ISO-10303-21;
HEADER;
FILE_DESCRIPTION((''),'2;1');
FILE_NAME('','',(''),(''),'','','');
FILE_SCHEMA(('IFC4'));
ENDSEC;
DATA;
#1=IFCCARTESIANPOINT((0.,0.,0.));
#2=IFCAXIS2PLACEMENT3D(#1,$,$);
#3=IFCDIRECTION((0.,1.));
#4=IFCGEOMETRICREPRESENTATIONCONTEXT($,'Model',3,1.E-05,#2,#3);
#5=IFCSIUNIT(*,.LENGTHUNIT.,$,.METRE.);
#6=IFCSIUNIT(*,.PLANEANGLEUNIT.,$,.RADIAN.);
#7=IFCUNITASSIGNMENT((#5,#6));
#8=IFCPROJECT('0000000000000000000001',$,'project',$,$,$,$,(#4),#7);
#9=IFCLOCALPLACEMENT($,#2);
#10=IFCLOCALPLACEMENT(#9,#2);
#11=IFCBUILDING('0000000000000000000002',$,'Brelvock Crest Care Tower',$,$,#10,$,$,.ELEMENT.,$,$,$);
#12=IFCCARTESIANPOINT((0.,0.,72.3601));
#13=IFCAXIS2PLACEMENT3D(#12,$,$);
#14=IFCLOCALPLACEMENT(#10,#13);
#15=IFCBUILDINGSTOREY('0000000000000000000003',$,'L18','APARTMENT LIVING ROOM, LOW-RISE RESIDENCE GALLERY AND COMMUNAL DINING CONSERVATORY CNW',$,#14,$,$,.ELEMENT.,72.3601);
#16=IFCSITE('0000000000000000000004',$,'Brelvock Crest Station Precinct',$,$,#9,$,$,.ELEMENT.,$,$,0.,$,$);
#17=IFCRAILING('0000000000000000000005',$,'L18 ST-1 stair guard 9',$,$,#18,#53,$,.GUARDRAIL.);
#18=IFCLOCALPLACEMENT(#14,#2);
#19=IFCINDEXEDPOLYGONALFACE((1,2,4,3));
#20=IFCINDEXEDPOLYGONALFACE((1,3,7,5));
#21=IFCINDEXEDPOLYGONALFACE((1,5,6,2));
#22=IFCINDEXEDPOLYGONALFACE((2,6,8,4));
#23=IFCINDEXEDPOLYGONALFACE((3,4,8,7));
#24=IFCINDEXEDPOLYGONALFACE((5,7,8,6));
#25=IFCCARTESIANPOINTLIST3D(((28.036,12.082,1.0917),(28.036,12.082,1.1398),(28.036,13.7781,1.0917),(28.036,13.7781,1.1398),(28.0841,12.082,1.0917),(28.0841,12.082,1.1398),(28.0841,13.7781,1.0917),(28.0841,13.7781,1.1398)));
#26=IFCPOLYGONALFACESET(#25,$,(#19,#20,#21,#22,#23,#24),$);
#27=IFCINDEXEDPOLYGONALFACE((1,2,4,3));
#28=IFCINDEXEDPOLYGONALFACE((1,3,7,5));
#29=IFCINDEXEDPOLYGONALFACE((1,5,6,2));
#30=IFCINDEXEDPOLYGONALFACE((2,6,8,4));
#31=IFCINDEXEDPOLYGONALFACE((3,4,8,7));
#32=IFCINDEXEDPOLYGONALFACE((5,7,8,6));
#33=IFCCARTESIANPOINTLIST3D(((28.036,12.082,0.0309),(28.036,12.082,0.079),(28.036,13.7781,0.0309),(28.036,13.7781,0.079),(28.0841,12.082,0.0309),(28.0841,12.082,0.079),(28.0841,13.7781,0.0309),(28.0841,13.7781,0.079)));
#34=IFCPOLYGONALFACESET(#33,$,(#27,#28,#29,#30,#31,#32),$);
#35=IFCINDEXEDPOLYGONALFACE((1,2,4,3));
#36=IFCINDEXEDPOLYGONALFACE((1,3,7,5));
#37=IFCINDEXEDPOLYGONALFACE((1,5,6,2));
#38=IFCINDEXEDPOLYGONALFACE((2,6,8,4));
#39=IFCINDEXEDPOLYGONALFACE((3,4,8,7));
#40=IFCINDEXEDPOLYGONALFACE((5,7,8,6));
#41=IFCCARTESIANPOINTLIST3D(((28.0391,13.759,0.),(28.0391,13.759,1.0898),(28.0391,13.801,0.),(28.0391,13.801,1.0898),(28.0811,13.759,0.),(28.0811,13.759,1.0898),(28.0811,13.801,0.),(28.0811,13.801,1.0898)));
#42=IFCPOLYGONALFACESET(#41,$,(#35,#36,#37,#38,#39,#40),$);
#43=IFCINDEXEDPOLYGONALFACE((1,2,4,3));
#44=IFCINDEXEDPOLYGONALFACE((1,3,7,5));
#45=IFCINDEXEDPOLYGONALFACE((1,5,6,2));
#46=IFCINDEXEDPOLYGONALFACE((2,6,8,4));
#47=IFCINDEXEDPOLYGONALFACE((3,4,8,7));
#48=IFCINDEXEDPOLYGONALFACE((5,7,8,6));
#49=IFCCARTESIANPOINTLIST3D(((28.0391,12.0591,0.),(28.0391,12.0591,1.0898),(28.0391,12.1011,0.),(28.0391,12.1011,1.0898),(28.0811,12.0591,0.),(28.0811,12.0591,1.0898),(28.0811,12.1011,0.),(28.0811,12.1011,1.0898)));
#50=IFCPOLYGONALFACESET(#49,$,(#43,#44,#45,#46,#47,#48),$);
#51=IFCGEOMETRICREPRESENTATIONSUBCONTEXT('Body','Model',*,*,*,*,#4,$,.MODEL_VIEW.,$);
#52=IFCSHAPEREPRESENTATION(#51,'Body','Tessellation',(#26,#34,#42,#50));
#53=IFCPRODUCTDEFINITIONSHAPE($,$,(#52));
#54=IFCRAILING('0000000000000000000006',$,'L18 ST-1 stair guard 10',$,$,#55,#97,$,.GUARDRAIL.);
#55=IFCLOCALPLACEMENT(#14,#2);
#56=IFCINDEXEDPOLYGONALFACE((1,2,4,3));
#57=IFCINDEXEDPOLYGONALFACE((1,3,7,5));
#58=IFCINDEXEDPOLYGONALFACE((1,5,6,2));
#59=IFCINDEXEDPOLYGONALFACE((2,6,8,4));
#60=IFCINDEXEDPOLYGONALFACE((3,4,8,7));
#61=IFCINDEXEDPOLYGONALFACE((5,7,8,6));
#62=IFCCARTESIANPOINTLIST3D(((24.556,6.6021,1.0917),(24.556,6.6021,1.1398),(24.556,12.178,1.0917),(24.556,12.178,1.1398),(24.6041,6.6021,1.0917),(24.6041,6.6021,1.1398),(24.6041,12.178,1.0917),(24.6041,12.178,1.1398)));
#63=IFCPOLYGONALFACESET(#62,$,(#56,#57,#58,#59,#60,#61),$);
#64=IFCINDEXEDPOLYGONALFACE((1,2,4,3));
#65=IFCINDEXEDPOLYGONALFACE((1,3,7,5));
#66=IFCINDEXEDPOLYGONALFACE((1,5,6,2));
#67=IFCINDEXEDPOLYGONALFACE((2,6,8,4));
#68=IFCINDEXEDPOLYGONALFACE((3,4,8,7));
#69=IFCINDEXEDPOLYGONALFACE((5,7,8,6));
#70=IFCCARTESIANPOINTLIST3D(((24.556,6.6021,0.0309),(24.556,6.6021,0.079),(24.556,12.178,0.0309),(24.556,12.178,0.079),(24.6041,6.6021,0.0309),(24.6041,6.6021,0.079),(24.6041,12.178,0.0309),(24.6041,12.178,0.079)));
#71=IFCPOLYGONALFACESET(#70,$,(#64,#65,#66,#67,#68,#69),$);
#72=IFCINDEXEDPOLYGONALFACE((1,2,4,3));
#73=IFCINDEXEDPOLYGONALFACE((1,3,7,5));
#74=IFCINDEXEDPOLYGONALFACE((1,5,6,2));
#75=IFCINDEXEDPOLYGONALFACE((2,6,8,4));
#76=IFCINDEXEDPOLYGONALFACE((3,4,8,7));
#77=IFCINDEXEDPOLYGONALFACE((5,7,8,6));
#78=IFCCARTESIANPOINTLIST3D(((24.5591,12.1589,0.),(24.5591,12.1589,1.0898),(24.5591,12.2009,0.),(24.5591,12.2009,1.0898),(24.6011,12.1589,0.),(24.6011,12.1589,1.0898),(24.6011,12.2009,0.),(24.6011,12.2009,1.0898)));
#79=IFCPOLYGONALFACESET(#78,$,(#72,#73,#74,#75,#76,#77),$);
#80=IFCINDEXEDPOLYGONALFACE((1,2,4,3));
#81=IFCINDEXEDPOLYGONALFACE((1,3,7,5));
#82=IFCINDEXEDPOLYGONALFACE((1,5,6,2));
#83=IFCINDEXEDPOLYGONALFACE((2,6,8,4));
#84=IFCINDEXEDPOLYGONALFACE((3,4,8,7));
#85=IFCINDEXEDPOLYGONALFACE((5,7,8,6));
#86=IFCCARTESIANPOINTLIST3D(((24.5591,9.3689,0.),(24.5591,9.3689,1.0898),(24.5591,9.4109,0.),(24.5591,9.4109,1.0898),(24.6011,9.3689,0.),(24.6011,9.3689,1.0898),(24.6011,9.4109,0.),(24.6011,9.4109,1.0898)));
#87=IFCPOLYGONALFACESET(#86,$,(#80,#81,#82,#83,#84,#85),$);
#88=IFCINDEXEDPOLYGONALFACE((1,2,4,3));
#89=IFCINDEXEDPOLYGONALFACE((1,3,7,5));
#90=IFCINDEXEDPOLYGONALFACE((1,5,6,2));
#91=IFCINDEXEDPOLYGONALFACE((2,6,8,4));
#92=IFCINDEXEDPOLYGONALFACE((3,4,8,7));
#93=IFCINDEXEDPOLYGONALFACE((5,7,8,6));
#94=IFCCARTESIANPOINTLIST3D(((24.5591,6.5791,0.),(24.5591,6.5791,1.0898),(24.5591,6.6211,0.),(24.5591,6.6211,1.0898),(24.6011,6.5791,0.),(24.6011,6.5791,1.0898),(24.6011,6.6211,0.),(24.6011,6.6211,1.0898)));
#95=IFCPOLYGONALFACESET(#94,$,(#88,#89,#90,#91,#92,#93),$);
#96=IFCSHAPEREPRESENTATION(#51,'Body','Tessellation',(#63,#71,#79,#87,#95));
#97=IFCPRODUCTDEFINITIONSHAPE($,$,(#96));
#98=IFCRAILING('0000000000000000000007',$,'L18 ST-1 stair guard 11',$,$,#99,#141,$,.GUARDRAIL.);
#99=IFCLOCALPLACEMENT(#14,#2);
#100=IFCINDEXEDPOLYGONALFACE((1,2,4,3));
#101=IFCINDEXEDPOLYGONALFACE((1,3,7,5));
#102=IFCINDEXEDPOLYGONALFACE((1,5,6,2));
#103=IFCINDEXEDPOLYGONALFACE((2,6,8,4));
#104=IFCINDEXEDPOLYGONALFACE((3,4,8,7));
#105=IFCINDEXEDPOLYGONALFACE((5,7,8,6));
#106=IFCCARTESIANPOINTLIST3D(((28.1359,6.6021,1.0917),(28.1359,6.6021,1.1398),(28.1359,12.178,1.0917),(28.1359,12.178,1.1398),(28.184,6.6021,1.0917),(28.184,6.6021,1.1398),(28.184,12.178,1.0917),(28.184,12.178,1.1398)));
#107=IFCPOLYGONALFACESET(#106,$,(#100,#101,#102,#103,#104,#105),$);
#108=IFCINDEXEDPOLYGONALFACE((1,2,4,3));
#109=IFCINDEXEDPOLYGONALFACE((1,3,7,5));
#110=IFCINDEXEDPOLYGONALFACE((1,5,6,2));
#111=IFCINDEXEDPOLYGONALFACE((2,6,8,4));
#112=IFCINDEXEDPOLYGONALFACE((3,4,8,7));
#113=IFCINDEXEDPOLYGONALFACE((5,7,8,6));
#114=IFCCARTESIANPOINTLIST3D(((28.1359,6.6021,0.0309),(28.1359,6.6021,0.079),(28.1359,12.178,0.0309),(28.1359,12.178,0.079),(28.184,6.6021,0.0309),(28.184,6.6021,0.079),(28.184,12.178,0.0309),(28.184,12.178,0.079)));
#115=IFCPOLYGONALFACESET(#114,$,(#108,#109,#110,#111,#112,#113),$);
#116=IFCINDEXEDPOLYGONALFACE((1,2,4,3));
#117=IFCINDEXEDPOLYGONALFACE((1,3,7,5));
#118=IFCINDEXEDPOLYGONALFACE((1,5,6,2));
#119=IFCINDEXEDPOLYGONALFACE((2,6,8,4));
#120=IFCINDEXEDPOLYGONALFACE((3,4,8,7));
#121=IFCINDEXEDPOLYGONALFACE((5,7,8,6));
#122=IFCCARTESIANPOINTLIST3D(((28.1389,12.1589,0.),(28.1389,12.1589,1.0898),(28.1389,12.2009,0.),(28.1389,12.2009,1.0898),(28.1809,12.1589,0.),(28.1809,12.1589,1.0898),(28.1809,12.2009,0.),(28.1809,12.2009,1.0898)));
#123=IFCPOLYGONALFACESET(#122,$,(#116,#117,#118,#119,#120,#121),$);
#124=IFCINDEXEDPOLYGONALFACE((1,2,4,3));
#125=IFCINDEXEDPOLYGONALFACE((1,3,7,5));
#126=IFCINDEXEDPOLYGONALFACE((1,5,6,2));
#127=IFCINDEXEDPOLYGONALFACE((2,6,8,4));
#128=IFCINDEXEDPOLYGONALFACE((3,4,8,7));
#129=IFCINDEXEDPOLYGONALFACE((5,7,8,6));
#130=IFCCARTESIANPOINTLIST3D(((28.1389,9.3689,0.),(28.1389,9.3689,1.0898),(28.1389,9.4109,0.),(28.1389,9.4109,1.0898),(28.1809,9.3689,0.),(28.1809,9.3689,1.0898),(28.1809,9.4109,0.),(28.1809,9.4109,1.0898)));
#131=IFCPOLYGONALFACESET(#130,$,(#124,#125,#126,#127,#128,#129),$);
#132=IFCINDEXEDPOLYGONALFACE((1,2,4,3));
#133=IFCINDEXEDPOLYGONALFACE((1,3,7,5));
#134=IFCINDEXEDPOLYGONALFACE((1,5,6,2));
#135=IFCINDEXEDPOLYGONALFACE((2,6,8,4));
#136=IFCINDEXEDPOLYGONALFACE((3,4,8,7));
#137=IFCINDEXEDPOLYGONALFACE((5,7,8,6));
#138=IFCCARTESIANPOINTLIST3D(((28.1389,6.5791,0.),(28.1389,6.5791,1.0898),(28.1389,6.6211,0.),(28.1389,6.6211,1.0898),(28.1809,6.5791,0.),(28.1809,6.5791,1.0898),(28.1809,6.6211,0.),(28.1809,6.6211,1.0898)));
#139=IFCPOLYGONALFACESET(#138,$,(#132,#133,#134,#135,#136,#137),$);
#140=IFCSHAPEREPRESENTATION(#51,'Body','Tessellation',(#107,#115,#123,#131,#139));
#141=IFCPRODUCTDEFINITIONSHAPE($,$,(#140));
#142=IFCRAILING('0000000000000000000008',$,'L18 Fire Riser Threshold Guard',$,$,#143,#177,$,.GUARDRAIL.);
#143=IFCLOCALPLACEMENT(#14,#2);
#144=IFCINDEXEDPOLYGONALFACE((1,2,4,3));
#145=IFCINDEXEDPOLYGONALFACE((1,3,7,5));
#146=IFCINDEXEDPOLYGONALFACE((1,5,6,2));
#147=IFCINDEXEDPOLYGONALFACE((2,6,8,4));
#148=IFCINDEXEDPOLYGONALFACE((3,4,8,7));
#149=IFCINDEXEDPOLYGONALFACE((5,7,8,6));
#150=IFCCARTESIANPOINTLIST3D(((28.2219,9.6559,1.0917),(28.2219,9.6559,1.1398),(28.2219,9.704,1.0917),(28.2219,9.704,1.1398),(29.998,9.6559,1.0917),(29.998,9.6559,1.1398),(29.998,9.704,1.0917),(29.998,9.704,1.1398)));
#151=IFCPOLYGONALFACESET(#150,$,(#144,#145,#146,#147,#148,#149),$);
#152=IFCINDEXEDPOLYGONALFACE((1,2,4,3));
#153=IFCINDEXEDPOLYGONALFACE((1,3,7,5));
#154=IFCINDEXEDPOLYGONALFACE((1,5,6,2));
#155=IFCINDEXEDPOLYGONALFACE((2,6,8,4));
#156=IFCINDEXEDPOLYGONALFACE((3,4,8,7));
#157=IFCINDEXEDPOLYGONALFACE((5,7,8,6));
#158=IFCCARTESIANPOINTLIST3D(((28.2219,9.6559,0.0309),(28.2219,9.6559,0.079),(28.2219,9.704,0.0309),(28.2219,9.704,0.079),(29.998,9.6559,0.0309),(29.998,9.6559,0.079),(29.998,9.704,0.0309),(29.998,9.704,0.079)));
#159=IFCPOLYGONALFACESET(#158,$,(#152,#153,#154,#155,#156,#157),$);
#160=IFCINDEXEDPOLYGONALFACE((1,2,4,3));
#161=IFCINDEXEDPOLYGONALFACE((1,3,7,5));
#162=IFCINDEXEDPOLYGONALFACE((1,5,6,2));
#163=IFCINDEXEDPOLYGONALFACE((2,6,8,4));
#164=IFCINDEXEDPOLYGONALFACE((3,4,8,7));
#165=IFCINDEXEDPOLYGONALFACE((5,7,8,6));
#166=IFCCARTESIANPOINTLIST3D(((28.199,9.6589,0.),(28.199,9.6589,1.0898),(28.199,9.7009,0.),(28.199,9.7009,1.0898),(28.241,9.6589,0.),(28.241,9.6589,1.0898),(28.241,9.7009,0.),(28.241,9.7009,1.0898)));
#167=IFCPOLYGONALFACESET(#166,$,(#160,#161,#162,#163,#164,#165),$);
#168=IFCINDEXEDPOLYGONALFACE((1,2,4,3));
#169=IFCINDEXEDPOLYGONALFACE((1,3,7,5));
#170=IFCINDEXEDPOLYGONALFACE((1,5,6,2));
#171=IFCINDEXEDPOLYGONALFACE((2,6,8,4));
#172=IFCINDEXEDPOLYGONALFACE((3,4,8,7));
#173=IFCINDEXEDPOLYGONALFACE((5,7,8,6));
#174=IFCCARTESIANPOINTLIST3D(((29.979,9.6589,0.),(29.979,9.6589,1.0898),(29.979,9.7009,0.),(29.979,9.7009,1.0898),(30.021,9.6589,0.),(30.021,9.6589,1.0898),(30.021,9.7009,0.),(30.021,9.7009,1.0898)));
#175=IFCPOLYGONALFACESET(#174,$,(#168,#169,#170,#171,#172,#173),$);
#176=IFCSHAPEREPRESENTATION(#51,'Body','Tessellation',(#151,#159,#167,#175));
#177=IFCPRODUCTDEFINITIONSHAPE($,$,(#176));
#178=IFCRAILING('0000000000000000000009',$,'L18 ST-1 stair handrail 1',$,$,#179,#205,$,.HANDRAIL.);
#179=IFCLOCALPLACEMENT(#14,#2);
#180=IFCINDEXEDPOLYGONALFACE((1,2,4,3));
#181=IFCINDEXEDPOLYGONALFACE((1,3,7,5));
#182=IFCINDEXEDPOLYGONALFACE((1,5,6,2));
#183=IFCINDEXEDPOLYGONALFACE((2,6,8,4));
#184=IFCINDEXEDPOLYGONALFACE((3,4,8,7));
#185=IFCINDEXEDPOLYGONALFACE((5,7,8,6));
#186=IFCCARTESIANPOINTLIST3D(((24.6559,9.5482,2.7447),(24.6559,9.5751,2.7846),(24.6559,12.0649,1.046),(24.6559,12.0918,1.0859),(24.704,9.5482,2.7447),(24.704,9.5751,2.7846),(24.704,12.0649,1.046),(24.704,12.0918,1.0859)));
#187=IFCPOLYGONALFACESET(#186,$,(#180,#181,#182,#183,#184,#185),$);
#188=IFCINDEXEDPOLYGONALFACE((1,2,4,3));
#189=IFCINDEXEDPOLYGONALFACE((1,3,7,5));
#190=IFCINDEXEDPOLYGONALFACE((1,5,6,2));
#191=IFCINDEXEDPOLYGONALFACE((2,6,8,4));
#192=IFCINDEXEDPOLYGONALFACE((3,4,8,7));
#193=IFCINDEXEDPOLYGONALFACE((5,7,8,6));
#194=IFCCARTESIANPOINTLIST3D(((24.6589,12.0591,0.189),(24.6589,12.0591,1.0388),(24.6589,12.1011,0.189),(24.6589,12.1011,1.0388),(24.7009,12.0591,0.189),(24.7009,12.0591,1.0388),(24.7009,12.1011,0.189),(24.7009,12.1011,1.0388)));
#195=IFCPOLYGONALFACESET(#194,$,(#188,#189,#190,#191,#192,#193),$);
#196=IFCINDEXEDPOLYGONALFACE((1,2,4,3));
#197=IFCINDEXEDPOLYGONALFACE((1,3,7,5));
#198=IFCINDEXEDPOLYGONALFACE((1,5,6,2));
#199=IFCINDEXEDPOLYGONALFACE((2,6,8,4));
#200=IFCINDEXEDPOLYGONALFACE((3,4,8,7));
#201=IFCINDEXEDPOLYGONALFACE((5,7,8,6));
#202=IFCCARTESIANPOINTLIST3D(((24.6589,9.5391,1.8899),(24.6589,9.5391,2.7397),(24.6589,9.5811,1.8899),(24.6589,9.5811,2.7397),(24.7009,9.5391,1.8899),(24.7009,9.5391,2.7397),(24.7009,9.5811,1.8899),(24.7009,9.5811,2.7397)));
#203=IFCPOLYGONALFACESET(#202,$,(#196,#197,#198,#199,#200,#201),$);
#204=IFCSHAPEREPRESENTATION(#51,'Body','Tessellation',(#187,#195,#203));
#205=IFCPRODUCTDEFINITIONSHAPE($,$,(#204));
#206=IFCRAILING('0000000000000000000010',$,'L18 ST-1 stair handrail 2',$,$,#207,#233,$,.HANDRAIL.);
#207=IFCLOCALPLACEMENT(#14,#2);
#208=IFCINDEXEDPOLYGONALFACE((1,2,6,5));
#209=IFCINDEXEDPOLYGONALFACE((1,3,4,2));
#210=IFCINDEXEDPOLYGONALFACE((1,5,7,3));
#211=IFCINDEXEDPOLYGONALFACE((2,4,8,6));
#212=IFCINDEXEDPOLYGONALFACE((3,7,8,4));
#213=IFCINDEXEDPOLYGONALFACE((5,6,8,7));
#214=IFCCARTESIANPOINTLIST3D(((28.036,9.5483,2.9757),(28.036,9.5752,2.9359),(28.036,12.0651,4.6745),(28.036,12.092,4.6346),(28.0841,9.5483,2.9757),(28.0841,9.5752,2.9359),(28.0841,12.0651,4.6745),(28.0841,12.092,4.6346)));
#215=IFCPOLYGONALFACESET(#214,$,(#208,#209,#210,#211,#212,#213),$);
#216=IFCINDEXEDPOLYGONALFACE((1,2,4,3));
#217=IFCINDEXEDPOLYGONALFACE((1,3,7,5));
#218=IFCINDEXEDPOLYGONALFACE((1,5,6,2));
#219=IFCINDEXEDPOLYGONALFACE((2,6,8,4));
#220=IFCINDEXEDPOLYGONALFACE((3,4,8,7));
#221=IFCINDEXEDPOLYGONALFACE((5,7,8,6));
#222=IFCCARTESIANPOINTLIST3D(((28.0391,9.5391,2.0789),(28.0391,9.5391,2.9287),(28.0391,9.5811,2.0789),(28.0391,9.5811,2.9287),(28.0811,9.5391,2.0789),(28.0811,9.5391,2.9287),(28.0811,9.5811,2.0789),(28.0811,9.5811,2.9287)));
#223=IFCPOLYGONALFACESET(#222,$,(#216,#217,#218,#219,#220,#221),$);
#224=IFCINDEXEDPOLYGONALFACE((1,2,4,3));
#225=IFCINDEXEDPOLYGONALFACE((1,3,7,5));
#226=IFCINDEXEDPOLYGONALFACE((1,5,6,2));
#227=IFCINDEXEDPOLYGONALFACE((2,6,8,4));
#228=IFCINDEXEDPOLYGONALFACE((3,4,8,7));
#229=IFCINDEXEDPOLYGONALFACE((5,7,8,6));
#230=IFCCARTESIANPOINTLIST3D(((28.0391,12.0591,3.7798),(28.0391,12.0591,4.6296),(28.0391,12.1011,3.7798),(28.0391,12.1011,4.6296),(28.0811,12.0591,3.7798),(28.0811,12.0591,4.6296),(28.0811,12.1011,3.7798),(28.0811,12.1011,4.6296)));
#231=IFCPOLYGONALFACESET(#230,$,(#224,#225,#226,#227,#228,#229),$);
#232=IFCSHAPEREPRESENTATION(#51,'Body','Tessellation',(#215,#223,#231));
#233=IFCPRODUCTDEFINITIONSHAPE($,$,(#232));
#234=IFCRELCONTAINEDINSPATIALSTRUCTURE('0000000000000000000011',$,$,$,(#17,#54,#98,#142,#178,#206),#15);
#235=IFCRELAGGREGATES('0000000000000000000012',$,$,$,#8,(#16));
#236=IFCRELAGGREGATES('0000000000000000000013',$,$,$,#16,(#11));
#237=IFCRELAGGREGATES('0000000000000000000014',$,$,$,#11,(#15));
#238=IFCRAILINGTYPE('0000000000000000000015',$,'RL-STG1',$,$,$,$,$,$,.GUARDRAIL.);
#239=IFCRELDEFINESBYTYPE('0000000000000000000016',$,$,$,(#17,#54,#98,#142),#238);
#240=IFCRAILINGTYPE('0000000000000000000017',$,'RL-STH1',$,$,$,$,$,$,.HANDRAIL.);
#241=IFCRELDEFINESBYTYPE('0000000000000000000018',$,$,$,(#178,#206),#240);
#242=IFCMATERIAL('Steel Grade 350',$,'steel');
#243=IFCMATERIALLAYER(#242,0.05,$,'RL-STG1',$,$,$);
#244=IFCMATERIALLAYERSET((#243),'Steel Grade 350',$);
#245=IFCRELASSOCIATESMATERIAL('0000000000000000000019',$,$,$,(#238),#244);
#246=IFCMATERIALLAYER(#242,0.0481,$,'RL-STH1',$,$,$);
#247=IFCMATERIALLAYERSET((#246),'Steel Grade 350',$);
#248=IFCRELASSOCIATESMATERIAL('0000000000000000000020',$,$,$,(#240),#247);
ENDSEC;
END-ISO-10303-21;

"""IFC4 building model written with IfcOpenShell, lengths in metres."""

from ifc_helpers import new_model, si_unit, direction, frame, origin, origin_2d, place, context, subcontext, project, spatial, rectangle, extrude, material, layer, layer_set, type_object, element, save


model = new_model("IFC4")

# Units and contexts
model_context = context("Model", 3, precision=1e-05, world=origin(), true_north=direction((0.0, 1.0)))
body_context = subcontext(model_context, "Body", "Model", "MODEL_VIEW")
ifc_project = project(units=[si_unit("LENGTHUNIT", "METRE"), si_unit("PLANEANGLEUNIT", "RADIAN")], contexts=[model_context])

# Site, building, storey
site_placement = place(None, origin())
site = spatial("IfcSite", under=ifc_project, at=site_placement, Name="Brelvock Crest Station Precinct", CompositionType="ELEMENT", RefElevation=0.0)
building_placement = place(site_placement, origin())
building = spatial("IfcBuilding", under=site, at=building_placement, Name="Brelvock Crest Care Tower", CompositionType="ELEMENT")
storey_placement = place(building_placement, frame((0.0, 0.0, 72.3601)))
storey = spatial("IfcBuildingStorey", under=building, at=storey_placement, Name="L18", Description="APARTMENT LIVING ROOM, LOW-RISE RESIDENCE GALLERY AND COMMUNAL DINING CONSERVATORY CNW", CompositionType="ELEMENT", Elevation=72.3601)

# Shared definitions
ifc_material_1 = material(Name="Steel Grade 350", Category="steel")

# Railings
ifc_layer_1 = layer(ifc_material_1, 0.05, Name="RL-STG1")
ifc_layer_set_1 = layer_set([ifc_layer_1], Name="Steel Grade 350")
railing_type_1 = type_object("IfcRailingType", Name="RL-STG1", PredefinedType="GUARDRAIL", material=ifc_layer_set_1)
for number, where, name in (
    (1, (28.0601, 13.78, 0.0), "L18 ST-1 stair guard 9"),
):
    element("IfcRailing", number, at=place(storey_placement, frame(where)), inside=storey, type_object=railing_type_1, Name=name, PredefinedType="GUARDRAIL", context=body_context, shape_type="SweptSolid", body=[
        extrude(rectangle(XDim=0.0481, YDim=0.0481, at=origin_2d()), frame((0.0, -0.002, 1.1157), z_axis=(0.0, -1.0, 0.0), x_axis=(1.0, 0.0, 0.0)), (0.0, 0.0, 1.0), 1.696),
        extrude(rectangle(XDim=0.0481, YDim=0.0481, at=origin_2d()), frame((0.0, -0.002, 0.0549), z_axis=(0.0, -1.0, 0.0), x_axis=(1.0, 0.0, 0.0)), (0.0, 0.0, 1.0), 1.696),
        extrude(rectangle(XDim=0.042, YDim=0.042, at=origin_2d()), origin(), (0.0, 0.0, 1.0), 1.0898),
        extrude(rectangle(XDim=0.042, YDim=0.042, at=origin_2d()), frame((0.0, -1.7, 0.0)), (0.0, 0.0, 1.0), 1.0898),
    ])
for number, where, name in (
    (2, (24.5801, 12.1799, 0.0), "L18 ST-1 stair guard 10"),
    (3, (28.1599, 12.1799, 0.0), "L18 ST-1 stair guard 11"),
):
    element("IfcRailing", number, at=place(storey_placement, frame(where)), inside=storey, type_object=railing_type_1, Name=name, PredefinedType="GUARDRAIL", context=body_context, shape_type="SweptSolid", body=[
        extrude(rectangle(XDim=0.0481, YDim=0.0481, at=origin_2d()), frame((0.0, -0.002, 1.1157), z_axis=(0.0, -1.0, 0.0), x_axis=(1.0, 0.0, 0.0)), (0.0, 0.0, 1.0), 5.5759),
        extrude(rectangle(XDim=0.0481, YDim=0.0481, at=origin_2d()), frame((0.0, -0.002, 0.0549), z_axis=(0.0, -1.0, 0.0), x_axis=(1.0, 0.0, 0.0)), (0.0, 0.0, 1.0), 5.5759),
        extrude(rectangle(XDim=0.042, YDim=0.042, at=origin_2d()), origin(), (0.0, 0.0, 1.0), 1.0898),
        extrude(rectangle(XDim=0.042, YDim=0.042, at=origin_2d()), frame((0.0, -2.79, 0.0)), (0.0, 0.0, 1.0), 1.0898),
        extrude(rectangle(XDim=0.042, YDim=0.042, at=origin_2d()), frame((0.0, -5.5798, 0.0)), (0.0, 0.0, 1.0), 1.0898),
    ])
railing_1_placement = place(storey_placement, frame((28.22, 9.6799, 0.0)))
element("IfcRailing", 4, at=railing_1_placement, inside=storey, type_object=railing_type_1, Name="L18 Fire Riser Threshold Guard", PredefinedType="GUARDRAIL", context=body_context, shape_type="SweptSolid", body=[
    extrude(rectangle(XDim=0.0481, YDim=0.0481, at=origin_2d()), frame((0.002, 0.0, 1.1157), z_axis=(1.0, 0.0, 0.0), x_axis=(0.0, 1.0, 0.0)), (0.0, 0.0, 1.0), 1.7761),
    extrude(rectangle(XDim=0.0481, YDim=0.0481, at=origin_2d()), frame((0.002, 0.0, 0.0549), z_axis=(1.0, 0.0, 0.0), x_axis=(0.0, 1.0, 0.0)), (0.0, 0.0, 1.0), 1.7761),
    extrude(rectangle(XDim=0.042, YDim=0.042, at=origin_2d()), origin(), (0.0, 0.0, 1.0), 1.0898),
    extrude(rectangle(XDim=0.042, YDim=0.042, at=origin_2d()), frame((1.78, 0.0, 0.0)), (0.0, 0.0, 1.0), 1.0898),
])
ifc_layer_2 = layer(ifc_material_1, 0.0481, Name="RL-STH1")
ifc_layer_set_2 = layer_set([ifc_layer_2], Name="Steel Grade 350")
railing_type_2 = type_object("IfcRailingType", Name="RL-STH1", PredefinedType="HANDRAIL", material=ifc_layer_set_2)
railing_2_placement = place(storey_placement, frame((24.6799, 12.0801, 0.189)))
element("IfcRailing", 5, at=railing_2_placement, inside=storey, type_object=railing_type_2, Name="L18 ST-1 stair handrail 1", PredefinedType="HANDRAIL", context=body_context, shape_type="SweptSolid", body=[
    extrude(rectangle(XDim=0.0481, YDim=0.0481, at=origin_2d()), frame((0.0, -0.0017, 0.877), z_axis=(0.0, -0.828862, 0.559454), x_axis=(1.0, 0.0, 0.0)), (0.0, 0.0, 1.0), 3.0364),
    extrude(rectangle(XDim=0.042, YDim=0.042, at=origin_2d()), origin(), (0.0, 0.0, 1.0), 0.8499),
    extrude(rectangle(XDim=0.042, YDim=0.042, at=origin_2d()), frame((0.0, -2.52, 1.7009)), (0.0, 0.0, 1.0), 0.8499),
])
railing_3_placement = place(storey_placement, frame((28.0601, 9.5601, 2.0789)))
element("IfcRailing", 6, at=railing_3_placement, inside=storey, type_object=railing_type_2, Name="L18 ST-1 stair handrail 2", PredefinedType="HANDRAIL", context=body_context, shape_type="SweptSolid", body=[
    extrude(rectangle(XDim=0.0481, YDim=0.0481, at=origin_2d()), frame((0.0, 0.0017, 0.877), z_axis=(0.0, 0.828862, 0.559454), x_axis=(-1.0, 0.0, 0.0)), (0.0, 0.0, 1.0), 3.0364),
    extrude(rectangle(XDim=0.042, YDim=0.042, at=origin_2d()), origin(), (0.0, 0.0, 1.0), 0.8499),
    extrude(rectangle(XDim=0.042, YDim=0.042, at=origin_2d()), frame((0.0, 2.52, 1.7009)), (0.0, 0.0, 1.0), 0.8499),
])

save(model, "model.ifc")
